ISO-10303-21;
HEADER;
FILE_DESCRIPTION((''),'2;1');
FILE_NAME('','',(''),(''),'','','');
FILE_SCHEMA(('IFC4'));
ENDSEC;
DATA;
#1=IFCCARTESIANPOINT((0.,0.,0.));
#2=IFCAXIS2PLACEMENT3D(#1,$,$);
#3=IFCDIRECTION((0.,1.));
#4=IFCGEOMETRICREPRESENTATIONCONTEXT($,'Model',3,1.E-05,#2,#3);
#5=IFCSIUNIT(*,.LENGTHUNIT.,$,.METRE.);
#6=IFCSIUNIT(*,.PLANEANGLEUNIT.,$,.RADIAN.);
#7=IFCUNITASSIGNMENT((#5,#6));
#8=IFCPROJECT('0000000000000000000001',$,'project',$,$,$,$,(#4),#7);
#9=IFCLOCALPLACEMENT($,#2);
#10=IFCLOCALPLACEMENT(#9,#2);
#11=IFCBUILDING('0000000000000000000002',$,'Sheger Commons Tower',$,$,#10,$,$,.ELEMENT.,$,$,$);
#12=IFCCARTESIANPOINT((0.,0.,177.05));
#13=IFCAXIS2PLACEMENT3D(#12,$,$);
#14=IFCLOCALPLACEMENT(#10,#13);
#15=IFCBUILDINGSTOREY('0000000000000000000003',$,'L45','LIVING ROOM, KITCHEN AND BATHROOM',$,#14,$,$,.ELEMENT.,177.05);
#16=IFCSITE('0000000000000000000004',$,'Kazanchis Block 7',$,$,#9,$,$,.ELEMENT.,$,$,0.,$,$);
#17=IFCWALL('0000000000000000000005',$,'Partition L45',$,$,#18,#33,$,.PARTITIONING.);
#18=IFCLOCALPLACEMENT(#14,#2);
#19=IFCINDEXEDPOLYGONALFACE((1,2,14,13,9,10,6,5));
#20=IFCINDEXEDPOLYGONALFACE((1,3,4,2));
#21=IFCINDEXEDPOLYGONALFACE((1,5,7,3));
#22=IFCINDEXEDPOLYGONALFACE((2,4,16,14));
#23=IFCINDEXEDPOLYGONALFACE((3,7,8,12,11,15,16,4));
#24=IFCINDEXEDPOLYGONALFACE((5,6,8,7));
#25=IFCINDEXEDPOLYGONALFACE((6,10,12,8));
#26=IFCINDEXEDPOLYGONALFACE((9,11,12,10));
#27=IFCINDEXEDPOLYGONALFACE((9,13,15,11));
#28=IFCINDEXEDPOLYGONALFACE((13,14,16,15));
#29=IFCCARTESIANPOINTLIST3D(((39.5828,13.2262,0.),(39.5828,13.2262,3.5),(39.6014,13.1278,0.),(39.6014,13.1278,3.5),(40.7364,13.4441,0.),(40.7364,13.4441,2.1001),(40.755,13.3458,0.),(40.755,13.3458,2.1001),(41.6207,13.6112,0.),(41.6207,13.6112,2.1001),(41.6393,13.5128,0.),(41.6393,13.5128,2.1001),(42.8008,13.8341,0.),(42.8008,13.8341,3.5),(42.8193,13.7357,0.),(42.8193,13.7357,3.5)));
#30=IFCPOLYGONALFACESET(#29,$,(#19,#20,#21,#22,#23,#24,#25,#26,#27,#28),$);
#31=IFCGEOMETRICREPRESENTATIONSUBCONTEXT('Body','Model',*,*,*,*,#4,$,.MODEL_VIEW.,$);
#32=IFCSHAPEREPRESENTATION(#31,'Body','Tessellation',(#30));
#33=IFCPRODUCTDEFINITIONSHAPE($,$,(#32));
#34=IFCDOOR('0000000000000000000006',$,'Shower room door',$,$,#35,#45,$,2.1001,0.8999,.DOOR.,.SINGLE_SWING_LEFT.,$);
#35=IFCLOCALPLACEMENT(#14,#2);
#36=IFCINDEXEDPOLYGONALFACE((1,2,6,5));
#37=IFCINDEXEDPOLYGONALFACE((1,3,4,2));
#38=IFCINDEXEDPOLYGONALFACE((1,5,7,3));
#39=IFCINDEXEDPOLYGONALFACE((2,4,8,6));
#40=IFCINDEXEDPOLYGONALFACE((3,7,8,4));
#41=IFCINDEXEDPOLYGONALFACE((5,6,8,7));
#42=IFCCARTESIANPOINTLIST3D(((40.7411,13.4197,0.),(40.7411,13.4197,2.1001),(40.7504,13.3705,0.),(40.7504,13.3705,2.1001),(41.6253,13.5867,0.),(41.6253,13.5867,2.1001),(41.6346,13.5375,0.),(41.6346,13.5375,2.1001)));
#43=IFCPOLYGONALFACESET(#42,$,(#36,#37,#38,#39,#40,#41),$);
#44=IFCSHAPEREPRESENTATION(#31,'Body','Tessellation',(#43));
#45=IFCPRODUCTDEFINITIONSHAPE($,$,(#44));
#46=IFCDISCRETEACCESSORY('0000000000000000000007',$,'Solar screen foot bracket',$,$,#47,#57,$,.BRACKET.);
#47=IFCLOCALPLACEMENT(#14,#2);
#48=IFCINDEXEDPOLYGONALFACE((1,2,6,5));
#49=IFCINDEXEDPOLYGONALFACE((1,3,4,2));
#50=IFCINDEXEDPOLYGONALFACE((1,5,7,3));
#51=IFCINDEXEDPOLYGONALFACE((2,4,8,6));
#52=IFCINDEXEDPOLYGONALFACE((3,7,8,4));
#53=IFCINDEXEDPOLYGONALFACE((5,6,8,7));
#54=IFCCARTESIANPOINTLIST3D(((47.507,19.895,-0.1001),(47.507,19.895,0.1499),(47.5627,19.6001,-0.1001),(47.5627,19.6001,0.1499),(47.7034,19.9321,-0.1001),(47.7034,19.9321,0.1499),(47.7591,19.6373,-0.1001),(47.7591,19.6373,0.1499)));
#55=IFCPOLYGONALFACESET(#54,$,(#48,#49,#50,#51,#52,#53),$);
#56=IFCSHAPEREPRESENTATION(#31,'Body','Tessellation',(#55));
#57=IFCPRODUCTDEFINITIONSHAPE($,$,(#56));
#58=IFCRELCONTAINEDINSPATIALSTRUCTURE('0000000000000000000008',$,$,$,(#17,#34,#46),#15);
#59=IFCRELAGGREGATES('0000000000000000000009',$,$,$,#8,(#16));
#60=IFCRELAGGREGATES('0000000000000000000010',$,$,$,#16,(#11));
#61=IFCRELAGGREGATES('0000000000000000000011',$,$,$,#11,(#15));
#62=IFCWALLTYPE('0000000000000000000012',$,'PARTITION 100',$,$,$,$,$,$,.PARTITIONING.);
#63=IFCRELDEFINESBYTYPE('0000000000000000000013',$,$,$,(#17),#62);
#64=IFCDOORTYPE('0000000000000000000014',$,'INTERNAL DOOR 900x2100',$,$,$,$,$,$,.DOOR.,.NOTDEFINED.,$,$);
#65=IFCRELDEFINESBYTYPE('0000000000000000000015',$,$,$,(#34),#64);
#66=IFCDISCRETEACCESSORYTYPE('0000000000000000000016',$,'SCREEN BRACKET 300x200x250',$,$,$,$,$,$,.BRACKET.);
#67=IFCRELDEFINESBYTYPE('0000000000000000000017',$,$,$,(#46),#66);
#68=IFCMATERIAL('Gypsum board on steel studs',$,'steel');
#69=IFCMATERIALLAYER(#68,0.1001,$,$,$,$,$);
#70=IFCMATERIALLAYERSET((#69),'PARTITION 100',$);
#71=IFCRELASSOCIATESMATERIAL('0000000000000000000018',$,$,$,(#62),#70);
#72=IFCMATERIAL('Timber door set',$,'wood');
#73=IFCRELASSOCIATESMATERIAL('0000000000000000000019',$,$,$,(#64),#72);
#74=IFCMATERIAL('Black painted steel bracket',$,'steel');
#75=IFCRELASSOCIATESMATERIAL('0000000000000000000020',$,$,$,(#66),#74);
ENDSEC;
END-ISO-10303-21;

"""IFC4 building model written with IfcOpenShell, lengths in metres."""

from ifc_helpers import new_model, si_unit, direction, frame, frame_2d, origin, origin_2d, place, context, subcontext, project, spatial, rectangle, extrude, material, layer, layer_set, type_object, element, fill, save


model = new_model("IFC4")

# Units and contexts
model_context = context("Model", 3, precision=1e-05, world=origin(), true_north=direction((0.0, 1.0)))
body_context = subcontext(model_context, "Body", "Model", "MODEL_VIEW")
ifc_project = project(units=[si_unit("LENGTHUNIT", "METRE"), si_unit("PLANEANGLEUNIT", "RADIAN")], contexts=[model_context])

# Site, building, storey
site_placement = place(None, origin())
site = spatial("IfcSite", under=ifc_project, at=site_placement, Name="Kazanchis Block 7", CompositionType="ELEMENT", RefElevation=0.0)
building_placement = place(site_placement, origin())
building = spatial("IfcBuilding", under=site, at=building_placement, Name="Sheger Commons Tower", CompositionType="ELEMENT")
storey_placement = place(building_placement, frame((0.0, 0.0, 177.05)))
storey = spatial("IfcBuildingStorey", under=building, at=storey_placement, Name="L45", Description="LIVING ROOM, KITCHEN AND BATHROOM", CompositionType="ELEMENT", Elevation=177.05)

# Shared definitions
ifc_material_1 = material(Name="Gypsum board on steel studs", Category="steel")
ifc_layer_1 = layer(ifc_material_1, 0.1001)
ifc_layer_set_1 = layer_set([ifc_layer_1], Name="PARTITION 100")
wall_type_1 = type_object("IfcWallType", Name="PARTITION 100", PredefinedType="PARTITIONING", material=ifc_layer_set_1)

# Wall, opening, door
wall_1_placement = place(storey_placement, frame((42.8101, 13.7849, 0.0), z_axis=(0.0, 0.0, 1.0), x_axis=(-0.982621, -0.185625, 0.0)))
wall_1 = element("IfcWall", 1, at=wall_1_placement, inside=storey, type_object=wall_type_1, Name="Partition L45", PredefinedType="PARTITIONING", context=body_context, shape_type="SweptSolid", body=[
    extrude(rectangle(XDim=3.2749, YDim=0.1001, at=frame_2d((1.6375, 0.0))), origin(), (0.0, 0.0, 1.0), 3.5),
])
opening_placement = place(wall_1_placement, frame((1.2009, 0.0, 0.0)))
opening = element("IfcOpeningElement", 2, at=opening_placement, cuts=wall_1, PredefinedType="OPENING", context=body_context, shape_type="SweptSolid", body=[
    extrude(rectangle(XDim=0.8999, YDim=2.1001, at=frame_2d((0.45, 1.05))), frame((0.0, 0.0601, 0.0), z_axis=(0.0, -1.0, 0.0), x_axis=(1.0, 0.0, 0.0)), (0.0, 0.0, 1.0), 0.1201),
])
ifc_material_2 = material(Name="Timber door set", Category="wood")
door_type = type_object("IfcDoorType", Name="INTERNAL DOOR 900x2100", OperationType="NOTDEFINED", PredefinedType="DOOR", material=ifc_material_2)
door_placement = place(opening_placement, origin())
door = element("IfcDoor", 3, at=door_placement, inside=storey, type_object=door_type, Name="Shower room door", OperationType="SINGLE_SWING_LEFT", OverallHeight=2.1001, OverallWidth=0.8999, PredefinedType="DOOR", context=body_context, shape_type="SweptSolid", body=[
    extrude(rectangle(XDim=0.8999, YDim=2.1001, at=frame_2d((0.45, 1.05))), frame((0.0, 0.0249, 0.0), z_axis=(0.0, -1.0, 0.0), x_axis=(1.0, 0.0, 0.0)), (0.0, 0.0, 1.0), 0.05),
])
fill(opening, door)

# Discrete accessory
ifc_material_3 = material(Name="Black painted steel bracket", Category="steel")
discrete_accessory_type = type_object("IfcDiscreteAccessoryType", Name="SCREEN BRACKET 300x200x250", PredefinedType="BRACKET", material=ifc_material_3)
discrete_accessory_placement = place(storey_placement, frame((47.6331, 19.7661, -0.1001), z_axis=(0.0, 0.0, 1.0), x_axis=(-0.185615, 0.982623, 0.0)))
element("IfcDiscreteAccessory", 4, at=discrete_accessory_placement, inside=storey, type_object=discrete_accessory_type, Name="Solar screen foot bracket", PredefinedType="BRACKET", context=body_context, shape_type="SweptSolid", body=[
    extrude(rectangle(XDim=0.3, YDim=0.2, at=origin_2d()), origin(), (0.0, 0.0, 1.0), 0.25),
])

save(model, "model.ifc")
